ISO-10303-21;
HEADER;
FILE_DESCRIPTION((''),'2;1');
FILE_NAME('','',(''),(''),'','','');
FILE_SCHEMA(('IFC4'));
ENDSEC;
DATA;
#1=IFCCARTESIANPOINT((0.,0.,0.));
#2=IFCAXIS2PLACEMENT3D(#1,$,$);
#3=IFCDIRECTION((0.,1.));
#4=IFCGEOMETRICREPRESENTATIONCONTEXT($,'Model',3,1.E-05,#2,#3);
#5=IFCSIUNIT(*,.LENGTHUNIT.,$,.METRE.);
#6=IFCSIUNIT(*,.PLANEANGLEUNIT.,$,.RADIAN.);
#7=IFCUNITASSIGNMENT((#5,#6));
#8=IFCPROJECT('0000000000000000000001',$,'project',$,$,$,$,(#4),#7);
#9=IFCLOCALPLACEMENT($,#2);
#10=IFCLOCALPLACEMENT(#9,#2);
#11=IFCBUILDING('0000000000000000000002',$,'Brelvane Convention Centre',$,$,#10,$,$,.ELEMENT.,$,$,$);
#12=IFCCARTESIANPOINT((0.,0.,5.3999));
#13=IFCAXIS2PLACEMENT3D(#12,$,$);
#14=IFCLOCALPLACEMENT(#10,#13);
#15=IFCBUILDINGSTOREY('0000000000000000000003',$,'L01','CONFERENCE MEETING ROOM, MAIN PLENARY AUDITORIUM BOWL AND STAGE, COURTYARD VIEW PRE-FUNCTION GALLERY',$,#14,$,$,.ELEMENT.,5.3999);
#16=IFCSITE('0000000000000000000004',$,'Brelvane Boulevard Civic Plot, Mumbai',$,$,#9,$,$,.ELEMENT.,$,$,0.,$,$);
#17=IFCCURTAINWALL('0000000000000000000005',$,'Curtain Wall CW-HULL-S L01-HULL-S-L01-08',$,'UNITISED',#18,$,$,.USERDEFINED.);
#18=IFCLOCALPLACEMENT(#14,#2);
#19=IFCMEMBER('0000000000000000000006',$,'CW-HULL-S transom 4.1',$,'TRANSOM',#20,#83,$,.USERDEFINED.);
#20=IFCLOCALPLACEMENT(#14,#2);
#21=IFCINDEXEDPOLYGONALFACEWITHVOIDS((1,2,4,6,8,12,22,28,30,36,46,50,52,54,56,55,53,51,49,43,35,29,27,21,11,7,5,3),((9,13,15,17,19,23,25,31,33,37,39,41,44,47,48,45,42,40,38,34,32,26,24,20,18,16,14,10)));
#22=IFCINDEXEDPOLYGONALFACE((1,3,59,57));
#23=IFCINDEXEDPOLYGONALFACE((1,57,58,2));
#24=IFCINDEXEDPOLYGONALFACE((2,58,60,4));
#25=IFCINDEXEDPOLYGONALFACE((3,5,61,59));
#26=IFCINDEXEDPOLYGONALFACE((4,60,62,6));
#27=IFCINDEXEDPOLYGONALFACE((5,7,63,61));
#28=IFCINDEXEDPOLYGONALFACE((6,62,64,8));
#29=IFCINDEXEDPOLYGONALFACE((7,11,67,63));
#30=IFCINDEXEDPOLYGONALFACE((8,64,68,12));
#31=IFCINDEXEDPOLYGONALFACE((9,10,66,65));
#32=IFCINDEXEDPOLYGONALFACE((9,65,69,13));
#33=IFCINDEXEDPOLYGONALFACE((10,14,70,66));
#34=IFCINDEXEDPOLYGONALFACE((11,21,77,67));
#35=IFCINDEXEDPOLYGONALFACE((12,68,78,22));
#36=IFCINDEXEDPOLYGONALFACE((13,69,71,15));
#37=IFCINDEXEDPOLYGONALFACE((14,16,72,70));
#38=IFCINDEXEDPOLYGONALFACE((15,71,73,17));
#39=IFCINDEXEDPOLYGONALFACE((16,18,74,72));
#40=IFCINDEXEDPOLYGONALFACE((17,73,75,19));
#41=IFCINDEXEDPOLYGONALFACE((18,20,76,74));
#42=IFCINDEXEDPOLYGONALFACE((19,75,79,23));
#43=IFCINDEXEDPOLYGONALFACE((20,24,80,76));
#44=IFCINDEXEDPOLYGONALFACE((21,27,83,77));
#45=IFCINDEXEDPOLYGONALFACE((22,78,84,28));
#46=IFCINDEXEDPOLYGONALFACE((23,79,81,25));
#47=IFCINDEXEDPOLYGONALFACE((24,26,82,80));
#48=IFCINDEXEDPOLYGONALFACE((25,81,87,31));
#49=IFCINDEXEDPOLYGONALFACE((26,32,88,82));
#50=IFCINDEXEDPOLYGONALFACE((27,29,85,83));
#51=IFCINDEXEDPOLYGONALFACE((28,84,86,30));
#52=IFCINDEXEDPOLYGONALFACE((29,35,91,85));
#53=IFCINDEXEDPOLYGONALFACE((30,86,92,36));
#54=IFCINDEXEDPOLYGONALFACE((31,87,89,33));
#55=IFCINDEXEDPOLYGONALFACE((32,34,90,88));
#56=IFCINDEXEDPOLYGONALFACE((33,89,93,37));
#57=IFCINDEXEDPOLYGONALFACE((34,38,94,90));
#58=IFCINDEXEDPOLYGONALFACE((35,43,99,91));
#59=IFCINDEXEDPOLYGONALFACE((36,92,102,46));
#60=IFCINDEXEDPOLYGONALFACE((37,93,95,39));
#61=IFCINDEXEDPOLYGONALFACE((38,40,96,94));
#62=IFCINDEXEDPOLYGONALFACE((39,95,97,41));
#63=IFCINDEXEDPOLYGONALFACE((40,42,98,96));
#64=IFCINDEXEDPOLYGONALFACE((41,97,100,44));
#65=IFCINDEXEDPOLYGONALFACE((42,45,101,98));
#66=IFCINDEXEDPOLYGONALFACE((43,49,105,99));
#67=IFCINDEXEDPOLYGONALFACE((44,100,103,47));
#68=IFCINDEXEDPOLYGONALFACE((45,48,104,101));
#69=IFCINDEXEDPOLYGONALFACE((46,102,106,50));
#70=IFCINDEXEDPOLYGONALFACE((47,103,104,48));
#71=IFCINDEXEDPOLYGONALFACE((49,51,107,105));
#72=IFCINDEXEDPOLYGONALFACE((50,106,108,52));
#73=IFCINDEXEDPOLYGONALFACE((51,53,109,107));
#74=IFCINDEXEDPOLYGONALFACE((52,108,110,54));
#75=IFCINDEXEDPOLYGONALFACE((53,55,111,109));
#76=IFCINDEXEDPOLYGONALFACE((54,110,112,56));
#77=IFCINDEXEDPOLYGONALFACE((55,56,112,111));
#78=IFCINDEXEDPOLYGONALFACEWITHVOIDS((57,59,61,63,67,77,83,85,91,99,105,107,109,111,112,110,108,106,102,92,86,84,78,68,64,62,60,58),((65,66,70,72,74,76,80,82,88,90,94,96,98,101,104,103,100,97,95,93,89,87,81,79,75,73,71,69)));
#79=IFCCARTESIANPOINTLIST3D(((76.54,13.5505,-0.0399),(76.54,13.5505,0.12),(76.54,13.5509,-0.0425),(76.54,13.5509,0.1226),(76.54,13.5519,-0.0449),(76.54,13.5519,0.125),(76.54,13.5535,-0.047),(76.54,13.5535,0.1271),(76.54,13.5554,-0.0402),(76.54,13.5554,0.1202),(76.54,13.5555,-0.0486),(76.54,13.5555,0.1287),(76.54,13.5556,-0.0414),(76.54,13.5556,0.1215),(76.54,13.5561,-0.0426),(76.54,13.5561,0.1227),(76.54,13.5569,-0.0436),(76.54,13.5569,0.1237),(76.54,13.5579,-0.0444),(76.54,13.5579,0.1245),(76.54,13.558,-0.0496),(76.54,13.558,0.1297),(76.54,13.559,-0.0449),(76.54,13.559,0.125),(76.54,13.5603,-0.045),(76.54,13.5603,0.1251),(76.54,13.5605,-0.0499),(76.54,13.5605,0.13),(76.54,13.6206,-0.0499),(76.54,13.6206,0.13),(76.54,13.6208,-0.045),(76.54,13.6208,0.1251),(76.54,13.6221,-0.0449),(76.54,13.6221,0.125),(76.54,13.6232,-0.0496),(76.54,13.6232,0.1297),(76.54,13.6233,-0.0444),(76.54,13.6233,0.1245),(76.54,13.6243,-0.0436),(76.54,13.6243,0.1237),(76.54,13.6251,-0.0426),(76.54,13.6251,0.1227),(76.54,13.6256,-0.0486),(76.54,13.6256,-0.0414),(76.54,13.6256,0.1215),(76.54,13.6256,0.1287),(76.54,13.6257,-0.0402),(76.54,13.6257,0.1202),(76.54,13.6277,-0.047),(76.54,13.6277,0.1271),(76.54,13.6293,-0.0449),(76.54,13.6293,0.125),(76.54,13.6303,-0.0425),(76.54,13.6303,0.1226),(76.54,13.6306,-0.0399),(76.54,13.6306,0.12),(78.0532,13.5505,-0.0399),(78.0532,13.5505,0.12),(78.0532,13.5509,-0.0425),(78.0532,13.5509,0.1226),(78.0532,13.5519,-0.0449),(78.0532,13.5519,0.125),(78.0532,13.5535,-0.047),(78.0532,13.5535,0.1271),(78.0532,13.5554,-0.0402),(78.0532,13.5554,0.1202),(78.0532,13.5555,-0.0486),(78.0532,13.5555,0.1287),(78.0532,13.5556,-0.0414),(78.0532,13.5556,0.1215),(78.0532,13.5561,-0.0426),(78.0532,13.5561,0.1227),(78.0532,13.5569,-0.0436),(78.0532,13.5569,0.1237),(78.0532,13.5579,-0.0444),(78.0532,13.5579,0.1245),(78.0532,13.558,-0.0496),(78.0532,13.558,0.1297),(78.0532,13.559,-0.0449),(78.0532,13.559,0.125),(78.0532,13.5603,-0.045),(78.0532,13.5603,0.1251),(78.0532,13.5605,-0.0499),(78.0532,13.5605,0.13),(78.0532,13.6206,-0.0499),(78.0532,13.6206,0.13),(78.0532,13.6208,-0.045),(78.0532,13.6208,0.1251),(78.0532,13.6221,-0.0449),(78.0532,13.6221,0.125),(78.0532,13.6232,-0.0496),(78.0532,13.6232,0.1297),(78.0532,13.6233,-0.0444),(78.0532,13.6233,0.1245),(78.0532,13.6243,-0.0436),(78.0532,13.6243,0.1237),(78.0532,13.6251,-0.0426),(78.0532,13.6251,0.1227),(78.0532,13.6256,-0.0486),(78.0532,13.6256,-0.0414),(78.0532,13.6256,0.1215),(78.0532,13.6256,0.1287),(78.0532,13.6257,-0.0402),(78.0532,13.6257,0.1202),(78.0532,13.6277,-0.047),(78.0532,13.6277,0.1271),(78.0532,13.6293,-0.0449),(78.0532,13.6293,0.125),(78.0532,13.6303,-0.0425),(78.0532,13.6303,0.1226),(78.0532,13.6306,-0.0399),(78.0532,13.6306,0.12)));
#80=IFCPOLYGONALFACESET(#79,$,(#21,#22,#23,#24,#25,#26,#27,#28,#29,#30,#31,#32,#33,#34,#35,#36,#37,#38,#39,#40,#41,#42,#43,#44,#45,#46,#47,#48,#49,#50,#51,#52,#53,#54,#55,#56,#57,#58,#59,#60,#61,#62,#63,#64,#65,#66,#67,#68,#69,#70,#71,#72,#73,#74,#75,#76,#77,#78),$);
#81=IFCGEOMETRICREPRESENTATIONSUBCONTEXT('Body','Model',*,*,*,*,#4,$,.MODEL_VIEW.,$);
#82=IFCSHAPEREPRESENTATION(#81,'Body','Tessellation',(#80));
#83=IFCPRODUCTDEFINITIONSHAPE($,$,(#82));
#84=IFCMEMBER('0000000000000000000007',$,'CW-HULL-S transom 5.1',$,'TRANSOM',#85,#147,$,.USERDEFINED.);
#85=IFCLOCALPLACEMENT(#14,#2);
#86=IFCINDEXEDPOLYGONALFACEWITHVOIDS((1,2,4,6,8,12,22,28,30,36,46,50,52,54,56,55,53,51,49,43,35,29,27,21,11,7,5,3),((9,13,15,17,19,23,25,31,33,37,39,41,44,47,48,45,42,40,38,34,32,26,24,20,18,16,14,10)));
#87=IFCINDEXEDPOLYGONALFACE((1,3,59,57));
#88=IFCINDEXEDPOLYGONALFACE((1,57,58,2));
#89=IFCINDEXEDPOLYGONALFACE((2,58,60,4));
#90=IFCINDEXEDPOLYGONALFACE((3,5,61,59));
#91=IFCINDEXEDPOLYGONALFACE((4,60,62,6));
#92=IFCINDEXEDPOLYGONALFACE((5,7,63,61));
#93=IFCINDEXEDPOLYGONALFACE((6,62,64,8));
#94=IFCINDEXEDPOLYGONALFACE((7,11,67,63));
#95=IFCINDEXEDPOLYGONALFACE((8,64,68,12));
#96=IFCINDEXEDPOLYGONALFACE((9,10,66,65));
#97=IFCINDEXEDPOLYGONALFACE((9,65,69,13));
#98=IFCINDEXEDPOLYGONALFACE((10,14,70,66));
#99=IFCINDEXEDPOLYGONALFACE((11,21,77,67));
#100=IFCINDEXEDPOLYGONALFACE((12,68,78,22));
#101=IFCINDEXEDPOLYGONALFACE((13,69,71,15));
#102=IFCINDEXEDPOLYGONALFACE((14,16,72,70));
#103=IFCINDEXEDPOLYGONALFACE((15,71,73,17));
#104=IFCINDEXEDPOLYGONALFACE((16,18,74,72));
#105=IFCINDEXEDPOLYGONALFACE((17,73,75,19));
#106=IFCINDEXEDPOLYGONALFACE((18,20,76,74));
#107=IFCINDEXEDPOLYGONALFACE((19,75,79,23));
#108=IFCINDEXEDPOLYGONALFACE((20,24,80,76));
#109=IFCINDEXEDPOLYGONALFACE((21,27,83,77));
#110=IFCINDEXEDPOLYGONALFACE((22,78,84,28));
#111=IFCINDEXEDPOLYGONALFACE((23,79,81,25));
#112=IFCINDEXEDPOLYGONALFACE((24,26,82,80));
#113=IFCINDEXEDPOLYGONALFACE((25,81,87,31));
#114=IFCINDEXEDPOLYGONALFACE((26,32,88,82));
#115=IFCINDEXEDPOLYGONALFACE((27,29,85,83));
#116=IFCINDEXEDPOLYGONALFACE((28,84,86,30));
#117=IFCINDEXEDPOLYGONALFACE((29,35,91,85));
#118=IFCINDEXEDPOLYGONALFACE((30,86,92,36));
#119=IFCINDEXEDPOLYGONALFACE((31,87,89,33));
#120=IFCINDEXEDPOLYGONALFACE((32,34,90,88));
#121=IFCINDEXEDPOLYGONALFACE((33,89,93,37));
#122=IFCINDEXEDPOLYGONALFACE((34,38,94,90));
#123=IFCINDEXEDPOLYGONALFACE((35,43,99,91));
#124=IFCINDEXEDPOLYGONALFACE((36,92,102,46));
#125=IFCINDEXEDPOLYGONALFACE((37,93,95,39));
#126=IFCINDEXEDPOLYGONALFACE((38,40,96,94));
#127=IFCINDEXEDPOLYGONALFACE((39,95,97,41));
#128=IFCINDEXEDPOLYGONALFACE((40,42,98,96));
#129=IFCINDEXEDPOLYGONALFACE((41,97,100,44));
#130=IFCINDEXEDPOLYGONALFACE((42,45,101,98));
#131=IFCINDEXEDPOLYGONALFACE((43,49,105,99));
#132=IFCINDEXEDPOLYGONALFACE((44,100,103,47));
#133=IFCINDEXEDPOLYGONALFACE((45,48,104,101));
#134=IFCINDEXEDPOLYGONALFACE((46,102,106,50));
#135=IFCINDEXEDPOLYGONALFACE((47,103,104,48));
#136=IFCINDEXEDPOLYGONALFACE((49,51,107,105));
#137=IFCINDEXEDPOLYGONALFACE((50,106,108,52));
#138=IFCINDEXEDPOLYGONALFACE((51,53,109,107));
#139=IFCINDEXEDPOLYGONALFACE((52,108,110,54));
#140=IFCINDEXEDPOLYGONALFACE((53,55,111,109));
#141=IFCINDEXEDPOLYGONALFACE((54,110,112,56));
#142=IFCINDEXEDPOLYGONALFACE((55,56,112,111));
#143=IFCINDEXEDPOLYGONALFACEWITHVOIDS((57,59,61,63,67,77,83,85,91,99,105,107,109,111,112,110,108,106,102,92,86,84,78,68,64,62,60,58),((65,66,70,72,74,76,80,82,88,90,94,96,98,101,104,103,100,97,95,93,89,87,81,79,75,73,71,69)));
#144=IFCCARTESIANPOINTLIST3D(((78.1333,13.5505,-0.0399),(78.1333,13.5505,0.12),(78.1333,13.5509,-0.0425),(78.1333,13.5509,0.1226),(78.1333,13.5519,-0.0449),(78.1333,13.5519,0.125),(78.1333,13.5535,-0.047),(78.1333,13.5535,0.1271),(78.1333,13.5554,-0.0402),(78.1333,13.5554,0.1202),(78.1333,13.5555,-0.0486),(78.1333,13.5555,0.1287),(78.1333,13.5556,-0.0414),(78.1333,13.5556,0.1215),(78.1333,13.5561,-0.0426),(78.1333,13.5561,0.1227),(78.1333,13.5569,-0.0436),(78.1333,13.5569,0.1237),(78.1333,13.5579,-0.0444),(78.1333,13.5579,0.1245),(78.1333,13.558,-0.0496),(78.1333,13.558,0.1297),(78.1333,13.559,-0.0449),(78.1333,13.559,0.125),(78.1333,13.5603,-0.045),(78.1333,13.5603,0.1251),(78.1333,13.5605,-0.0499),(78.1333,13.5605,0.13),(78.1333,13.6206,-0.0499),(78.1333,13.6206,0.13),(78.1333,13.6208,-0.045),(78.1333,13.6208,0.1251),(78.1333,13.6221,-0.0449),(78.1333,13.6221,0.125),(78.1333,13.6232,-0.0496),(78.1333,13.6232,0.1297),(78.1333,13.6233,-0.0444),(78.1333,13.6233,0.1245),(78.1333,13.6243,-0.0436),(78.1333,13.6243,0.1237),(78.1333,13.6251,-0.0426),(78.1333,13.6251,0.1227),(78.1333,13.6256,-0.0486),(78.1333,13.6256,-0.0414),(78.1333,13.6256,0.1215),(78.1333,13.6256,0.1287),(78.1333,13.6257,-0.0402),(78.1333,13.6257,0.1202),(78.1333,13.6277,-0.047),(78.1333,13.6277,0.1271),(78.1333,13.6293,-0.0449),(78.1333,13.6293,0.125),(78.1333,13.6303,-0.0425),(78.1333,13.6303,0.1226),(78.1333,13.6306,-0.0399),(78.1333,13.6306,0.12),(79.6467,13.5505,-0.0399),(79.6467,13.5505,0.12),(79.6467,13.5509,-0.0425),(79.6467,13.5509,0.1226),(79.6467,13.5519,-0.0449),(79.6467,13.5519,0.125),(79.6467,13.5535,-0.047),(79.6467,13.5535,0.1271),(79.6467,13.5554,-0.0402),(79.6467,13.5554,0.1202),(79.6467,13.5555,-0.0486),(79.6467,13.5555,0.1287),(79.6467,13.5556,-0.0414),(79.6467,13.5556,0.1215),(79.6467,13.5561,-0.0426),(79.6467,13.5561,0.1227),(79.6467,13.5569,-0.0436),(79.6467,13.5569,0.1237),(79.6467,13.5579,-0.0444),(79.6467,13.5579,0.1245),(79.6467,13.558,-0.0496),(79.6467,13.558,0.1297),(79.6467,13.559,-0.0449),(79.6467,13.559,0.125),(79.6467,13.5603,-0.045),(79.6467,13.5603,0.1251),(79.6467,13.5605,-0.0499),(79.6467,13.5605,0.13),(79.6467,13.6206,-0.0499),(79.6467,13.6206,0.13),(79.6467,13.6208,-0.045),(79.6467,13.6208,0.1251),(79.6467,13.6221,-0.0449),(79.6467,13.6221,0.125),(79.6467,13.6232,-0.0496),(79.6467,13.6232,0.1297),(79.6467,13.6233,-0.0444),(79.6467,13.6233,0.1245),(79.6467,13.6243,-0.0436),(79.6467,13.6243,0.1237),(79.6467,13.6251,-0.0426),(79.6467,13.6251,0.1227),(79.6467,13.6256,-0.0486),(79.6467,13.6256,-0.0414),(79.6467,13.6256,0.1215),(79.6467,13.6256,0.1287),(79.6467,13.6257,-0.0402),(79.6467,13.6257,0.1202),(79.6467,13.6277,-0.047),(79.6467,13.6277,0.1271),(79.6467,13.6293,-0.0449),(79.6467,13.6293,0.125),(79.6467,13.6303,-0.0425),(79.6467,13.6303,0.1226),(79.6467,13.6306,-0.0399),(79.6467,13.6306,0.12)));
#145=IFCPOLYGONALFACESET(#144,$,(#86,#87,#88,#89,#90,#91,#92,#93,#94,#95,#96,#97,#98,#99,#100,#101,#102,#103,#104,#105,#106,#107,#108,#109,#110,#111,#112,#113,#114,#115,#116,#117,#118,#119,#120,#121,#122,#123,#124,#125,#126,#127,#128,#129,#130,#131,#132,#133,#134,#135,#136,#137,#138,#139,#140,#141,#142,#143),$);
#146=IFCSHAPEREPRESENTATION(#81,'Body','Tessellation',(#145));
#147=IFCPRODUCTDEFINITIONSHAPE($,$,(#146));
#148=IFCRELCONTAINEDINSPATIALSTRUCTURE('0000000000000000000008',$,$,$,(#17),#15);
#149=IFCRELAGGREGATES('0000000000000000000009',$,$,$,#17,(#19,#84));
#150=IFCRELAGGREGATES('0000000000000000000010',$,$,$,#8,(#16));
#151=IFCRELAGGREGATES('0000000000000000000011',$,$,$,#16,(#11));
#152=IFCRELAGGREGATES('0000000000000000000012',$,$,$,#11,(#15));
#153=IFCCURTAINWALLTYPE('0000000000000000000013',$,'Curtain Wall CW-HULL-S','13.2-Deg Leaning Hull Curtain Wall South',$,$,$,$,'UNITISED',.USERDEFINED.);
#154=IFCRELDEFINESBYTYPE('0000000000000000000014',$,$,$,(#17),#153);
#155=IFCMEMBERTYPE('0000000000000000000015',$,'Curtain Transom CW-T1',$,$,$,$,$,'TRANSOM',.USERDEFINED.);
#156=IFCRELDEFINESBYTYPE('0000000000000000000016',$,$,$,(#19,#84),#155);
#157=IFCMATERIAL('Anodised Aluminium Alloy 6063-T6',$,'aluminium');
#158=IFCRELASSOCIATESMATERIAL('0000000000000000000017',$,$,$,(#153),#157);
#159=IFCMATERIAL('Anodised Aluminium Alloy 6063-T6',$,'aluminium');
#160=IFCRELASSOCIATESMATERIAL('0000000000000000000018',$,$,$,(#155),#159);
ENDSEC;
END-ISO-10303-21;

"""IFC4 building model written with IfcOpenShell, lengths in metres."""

from ifc_helpers import new_model, si_unit, direction, frame, origin, origin_2d, place, context, subcontext, project, spatial, hollow_rectangle, extrude, material, material_profile, profile_set, type_object, element, aggregate, save


model = new_model("IFC4")

# Units and contexts
model_context = context("Model", 3, precision=1e-05, world=origin(), true_north=direction((0.0, 1.0)))
body_context = subcontext(model_context, "Body", "Model", "MODEL_VIEW")
ifc_project = project(units=[si_unit("LENGTHUNIT", "METRE"), si_unit("PLANEANGLEUNIT", "RADIAN")], contexts=[model_context])

# Site, building, storey
site_placement = place(None, origin())
site = spatial("IfcSite", under=ifc_project, at=site_placement, Name="Brelvane Boulevard Civic Plot, Mumbai", CompositionType="ELEMENT", RefElevation=0.0)
building_placement = place(site_placement, origin())
building = spatial("IfcBuilding", under=site, at=building_placement, Name="Brelvane Convention Centre", CompositionType="ELEMENT")
storey_placement = place(building_placement, frame((0.0, 0.0, 5.3999)))
storey = spatial("IfcBuildingStorey", under=building, at=storey_placement, Name="L01", Description="CONFERENCE MEETING ROOM, MAIN PLENARY AUDITORIUM BOWL AND STAGE, COURTYARD VIEW PRE-FUNCTION GALLERY", CompositionType="ELEMENT", Elevation=5.3999)

# Curtain wall
ifc_material_1 = material(Name="Anodised Aluminium Alloy 6063-T6", Category="aluminium")
curtain_wall_type = type_object("IfcCurtainWallType", Name="Curtain Wall CW-HULL-S", Description="13.2-Deg Leaning Hull Curtain Wall South", ElementType="UNITISED", PredefinedType="USERDEFINED", material=ifc_material_1)
curtain_wall_1_placement = place(storey_placement, origin())
curtain_wall_1 = element("IfcCurtainWall", 1, at=curtain_wall_1_placement, inside=storey, type_object=curtain_wall_type, Name="Curtain Wall CW-HULL-S L01-HULL-S-L01-08", ObjectType="UNITISED", PredefinedType="USERDEFINED")

# Members
ifc_material_2 = material(Name="Anodised Aluminium Alloy 6063-T6", Category="aluminium")
ifc_material_profile_1 = material_profile(ifc_material_2, hollow_rectangle(XDim=0.0801, YDim=0.1799, WallThickness=0.0049, InnerFilletRadius=0.0049, OuterFilletRadius=0.01, at=origin_2d()), Name="ALU-T 180x80x5.0")
ifc_profile_set_1 = profile_set([ifc_material_profile_1], Name="Anodised Aluminium Alloy 6063-T6")
member_type_1 = type_object("IfcMemberType", Name="Curtain Transom CW-T1", ElementType="TRANSOM", PredefinedType="USERDEFINED", material=ifc_profile_set_1)
member_1_placement = place(storey_placement, frame((76.54, 13.5906, 0.04), z_axis=(1.0, 0.0, 0.0), x_axis=(0.0, 1.0, 0.0)))
member_1 = element("IfcMember", 2, at=member_1_placement, type_object=member_type_1, Name="CW-HULL-S transom 4.1", ObjectType="TRANSOM", PredefinedType="USERDEFINED", context=body_context, shape_type="SweptSolid", body=[
    extrude(hollow_rectangle(XDim=0.0801, YDim=0.1799, WallThickness=0.0049, InnerFilletRadius=0.0049, OuterFilletRadius=0.01, at=origin_2d()), origin(), (0.0, 0.0, 1.0), 1.5132),
])
member_2_placement = place(storey_placement, frame((78.1333, 13.5906, 0.04), z_axis=(1.0, 0.0, 0.0), x_axis=(0.0, 1.0, 0.0)))
member_2 = element("IfcMember", 3, at=member_2_placement, type_object=member_type_1, Name="CW-HULL-S transom 5.1", ObjectType="TRANSOM", PredefinedType="USERDEFINED", context=body_context, shape_type="SweptSolid", body=[
    extrude(hollow_rectangle(XDim=0.0801, YDim=0.1799, WallThickness=0.0049, InnerFilletRadius=0.0049, OuterFilletRadius=0.01, at=origin_2d()), origin(), (0.0, 0.0, 1.0), 1.5134),
])
aggregate(curtain_wall_1, [member_1, member_2])

save(model, "model.ifc")
